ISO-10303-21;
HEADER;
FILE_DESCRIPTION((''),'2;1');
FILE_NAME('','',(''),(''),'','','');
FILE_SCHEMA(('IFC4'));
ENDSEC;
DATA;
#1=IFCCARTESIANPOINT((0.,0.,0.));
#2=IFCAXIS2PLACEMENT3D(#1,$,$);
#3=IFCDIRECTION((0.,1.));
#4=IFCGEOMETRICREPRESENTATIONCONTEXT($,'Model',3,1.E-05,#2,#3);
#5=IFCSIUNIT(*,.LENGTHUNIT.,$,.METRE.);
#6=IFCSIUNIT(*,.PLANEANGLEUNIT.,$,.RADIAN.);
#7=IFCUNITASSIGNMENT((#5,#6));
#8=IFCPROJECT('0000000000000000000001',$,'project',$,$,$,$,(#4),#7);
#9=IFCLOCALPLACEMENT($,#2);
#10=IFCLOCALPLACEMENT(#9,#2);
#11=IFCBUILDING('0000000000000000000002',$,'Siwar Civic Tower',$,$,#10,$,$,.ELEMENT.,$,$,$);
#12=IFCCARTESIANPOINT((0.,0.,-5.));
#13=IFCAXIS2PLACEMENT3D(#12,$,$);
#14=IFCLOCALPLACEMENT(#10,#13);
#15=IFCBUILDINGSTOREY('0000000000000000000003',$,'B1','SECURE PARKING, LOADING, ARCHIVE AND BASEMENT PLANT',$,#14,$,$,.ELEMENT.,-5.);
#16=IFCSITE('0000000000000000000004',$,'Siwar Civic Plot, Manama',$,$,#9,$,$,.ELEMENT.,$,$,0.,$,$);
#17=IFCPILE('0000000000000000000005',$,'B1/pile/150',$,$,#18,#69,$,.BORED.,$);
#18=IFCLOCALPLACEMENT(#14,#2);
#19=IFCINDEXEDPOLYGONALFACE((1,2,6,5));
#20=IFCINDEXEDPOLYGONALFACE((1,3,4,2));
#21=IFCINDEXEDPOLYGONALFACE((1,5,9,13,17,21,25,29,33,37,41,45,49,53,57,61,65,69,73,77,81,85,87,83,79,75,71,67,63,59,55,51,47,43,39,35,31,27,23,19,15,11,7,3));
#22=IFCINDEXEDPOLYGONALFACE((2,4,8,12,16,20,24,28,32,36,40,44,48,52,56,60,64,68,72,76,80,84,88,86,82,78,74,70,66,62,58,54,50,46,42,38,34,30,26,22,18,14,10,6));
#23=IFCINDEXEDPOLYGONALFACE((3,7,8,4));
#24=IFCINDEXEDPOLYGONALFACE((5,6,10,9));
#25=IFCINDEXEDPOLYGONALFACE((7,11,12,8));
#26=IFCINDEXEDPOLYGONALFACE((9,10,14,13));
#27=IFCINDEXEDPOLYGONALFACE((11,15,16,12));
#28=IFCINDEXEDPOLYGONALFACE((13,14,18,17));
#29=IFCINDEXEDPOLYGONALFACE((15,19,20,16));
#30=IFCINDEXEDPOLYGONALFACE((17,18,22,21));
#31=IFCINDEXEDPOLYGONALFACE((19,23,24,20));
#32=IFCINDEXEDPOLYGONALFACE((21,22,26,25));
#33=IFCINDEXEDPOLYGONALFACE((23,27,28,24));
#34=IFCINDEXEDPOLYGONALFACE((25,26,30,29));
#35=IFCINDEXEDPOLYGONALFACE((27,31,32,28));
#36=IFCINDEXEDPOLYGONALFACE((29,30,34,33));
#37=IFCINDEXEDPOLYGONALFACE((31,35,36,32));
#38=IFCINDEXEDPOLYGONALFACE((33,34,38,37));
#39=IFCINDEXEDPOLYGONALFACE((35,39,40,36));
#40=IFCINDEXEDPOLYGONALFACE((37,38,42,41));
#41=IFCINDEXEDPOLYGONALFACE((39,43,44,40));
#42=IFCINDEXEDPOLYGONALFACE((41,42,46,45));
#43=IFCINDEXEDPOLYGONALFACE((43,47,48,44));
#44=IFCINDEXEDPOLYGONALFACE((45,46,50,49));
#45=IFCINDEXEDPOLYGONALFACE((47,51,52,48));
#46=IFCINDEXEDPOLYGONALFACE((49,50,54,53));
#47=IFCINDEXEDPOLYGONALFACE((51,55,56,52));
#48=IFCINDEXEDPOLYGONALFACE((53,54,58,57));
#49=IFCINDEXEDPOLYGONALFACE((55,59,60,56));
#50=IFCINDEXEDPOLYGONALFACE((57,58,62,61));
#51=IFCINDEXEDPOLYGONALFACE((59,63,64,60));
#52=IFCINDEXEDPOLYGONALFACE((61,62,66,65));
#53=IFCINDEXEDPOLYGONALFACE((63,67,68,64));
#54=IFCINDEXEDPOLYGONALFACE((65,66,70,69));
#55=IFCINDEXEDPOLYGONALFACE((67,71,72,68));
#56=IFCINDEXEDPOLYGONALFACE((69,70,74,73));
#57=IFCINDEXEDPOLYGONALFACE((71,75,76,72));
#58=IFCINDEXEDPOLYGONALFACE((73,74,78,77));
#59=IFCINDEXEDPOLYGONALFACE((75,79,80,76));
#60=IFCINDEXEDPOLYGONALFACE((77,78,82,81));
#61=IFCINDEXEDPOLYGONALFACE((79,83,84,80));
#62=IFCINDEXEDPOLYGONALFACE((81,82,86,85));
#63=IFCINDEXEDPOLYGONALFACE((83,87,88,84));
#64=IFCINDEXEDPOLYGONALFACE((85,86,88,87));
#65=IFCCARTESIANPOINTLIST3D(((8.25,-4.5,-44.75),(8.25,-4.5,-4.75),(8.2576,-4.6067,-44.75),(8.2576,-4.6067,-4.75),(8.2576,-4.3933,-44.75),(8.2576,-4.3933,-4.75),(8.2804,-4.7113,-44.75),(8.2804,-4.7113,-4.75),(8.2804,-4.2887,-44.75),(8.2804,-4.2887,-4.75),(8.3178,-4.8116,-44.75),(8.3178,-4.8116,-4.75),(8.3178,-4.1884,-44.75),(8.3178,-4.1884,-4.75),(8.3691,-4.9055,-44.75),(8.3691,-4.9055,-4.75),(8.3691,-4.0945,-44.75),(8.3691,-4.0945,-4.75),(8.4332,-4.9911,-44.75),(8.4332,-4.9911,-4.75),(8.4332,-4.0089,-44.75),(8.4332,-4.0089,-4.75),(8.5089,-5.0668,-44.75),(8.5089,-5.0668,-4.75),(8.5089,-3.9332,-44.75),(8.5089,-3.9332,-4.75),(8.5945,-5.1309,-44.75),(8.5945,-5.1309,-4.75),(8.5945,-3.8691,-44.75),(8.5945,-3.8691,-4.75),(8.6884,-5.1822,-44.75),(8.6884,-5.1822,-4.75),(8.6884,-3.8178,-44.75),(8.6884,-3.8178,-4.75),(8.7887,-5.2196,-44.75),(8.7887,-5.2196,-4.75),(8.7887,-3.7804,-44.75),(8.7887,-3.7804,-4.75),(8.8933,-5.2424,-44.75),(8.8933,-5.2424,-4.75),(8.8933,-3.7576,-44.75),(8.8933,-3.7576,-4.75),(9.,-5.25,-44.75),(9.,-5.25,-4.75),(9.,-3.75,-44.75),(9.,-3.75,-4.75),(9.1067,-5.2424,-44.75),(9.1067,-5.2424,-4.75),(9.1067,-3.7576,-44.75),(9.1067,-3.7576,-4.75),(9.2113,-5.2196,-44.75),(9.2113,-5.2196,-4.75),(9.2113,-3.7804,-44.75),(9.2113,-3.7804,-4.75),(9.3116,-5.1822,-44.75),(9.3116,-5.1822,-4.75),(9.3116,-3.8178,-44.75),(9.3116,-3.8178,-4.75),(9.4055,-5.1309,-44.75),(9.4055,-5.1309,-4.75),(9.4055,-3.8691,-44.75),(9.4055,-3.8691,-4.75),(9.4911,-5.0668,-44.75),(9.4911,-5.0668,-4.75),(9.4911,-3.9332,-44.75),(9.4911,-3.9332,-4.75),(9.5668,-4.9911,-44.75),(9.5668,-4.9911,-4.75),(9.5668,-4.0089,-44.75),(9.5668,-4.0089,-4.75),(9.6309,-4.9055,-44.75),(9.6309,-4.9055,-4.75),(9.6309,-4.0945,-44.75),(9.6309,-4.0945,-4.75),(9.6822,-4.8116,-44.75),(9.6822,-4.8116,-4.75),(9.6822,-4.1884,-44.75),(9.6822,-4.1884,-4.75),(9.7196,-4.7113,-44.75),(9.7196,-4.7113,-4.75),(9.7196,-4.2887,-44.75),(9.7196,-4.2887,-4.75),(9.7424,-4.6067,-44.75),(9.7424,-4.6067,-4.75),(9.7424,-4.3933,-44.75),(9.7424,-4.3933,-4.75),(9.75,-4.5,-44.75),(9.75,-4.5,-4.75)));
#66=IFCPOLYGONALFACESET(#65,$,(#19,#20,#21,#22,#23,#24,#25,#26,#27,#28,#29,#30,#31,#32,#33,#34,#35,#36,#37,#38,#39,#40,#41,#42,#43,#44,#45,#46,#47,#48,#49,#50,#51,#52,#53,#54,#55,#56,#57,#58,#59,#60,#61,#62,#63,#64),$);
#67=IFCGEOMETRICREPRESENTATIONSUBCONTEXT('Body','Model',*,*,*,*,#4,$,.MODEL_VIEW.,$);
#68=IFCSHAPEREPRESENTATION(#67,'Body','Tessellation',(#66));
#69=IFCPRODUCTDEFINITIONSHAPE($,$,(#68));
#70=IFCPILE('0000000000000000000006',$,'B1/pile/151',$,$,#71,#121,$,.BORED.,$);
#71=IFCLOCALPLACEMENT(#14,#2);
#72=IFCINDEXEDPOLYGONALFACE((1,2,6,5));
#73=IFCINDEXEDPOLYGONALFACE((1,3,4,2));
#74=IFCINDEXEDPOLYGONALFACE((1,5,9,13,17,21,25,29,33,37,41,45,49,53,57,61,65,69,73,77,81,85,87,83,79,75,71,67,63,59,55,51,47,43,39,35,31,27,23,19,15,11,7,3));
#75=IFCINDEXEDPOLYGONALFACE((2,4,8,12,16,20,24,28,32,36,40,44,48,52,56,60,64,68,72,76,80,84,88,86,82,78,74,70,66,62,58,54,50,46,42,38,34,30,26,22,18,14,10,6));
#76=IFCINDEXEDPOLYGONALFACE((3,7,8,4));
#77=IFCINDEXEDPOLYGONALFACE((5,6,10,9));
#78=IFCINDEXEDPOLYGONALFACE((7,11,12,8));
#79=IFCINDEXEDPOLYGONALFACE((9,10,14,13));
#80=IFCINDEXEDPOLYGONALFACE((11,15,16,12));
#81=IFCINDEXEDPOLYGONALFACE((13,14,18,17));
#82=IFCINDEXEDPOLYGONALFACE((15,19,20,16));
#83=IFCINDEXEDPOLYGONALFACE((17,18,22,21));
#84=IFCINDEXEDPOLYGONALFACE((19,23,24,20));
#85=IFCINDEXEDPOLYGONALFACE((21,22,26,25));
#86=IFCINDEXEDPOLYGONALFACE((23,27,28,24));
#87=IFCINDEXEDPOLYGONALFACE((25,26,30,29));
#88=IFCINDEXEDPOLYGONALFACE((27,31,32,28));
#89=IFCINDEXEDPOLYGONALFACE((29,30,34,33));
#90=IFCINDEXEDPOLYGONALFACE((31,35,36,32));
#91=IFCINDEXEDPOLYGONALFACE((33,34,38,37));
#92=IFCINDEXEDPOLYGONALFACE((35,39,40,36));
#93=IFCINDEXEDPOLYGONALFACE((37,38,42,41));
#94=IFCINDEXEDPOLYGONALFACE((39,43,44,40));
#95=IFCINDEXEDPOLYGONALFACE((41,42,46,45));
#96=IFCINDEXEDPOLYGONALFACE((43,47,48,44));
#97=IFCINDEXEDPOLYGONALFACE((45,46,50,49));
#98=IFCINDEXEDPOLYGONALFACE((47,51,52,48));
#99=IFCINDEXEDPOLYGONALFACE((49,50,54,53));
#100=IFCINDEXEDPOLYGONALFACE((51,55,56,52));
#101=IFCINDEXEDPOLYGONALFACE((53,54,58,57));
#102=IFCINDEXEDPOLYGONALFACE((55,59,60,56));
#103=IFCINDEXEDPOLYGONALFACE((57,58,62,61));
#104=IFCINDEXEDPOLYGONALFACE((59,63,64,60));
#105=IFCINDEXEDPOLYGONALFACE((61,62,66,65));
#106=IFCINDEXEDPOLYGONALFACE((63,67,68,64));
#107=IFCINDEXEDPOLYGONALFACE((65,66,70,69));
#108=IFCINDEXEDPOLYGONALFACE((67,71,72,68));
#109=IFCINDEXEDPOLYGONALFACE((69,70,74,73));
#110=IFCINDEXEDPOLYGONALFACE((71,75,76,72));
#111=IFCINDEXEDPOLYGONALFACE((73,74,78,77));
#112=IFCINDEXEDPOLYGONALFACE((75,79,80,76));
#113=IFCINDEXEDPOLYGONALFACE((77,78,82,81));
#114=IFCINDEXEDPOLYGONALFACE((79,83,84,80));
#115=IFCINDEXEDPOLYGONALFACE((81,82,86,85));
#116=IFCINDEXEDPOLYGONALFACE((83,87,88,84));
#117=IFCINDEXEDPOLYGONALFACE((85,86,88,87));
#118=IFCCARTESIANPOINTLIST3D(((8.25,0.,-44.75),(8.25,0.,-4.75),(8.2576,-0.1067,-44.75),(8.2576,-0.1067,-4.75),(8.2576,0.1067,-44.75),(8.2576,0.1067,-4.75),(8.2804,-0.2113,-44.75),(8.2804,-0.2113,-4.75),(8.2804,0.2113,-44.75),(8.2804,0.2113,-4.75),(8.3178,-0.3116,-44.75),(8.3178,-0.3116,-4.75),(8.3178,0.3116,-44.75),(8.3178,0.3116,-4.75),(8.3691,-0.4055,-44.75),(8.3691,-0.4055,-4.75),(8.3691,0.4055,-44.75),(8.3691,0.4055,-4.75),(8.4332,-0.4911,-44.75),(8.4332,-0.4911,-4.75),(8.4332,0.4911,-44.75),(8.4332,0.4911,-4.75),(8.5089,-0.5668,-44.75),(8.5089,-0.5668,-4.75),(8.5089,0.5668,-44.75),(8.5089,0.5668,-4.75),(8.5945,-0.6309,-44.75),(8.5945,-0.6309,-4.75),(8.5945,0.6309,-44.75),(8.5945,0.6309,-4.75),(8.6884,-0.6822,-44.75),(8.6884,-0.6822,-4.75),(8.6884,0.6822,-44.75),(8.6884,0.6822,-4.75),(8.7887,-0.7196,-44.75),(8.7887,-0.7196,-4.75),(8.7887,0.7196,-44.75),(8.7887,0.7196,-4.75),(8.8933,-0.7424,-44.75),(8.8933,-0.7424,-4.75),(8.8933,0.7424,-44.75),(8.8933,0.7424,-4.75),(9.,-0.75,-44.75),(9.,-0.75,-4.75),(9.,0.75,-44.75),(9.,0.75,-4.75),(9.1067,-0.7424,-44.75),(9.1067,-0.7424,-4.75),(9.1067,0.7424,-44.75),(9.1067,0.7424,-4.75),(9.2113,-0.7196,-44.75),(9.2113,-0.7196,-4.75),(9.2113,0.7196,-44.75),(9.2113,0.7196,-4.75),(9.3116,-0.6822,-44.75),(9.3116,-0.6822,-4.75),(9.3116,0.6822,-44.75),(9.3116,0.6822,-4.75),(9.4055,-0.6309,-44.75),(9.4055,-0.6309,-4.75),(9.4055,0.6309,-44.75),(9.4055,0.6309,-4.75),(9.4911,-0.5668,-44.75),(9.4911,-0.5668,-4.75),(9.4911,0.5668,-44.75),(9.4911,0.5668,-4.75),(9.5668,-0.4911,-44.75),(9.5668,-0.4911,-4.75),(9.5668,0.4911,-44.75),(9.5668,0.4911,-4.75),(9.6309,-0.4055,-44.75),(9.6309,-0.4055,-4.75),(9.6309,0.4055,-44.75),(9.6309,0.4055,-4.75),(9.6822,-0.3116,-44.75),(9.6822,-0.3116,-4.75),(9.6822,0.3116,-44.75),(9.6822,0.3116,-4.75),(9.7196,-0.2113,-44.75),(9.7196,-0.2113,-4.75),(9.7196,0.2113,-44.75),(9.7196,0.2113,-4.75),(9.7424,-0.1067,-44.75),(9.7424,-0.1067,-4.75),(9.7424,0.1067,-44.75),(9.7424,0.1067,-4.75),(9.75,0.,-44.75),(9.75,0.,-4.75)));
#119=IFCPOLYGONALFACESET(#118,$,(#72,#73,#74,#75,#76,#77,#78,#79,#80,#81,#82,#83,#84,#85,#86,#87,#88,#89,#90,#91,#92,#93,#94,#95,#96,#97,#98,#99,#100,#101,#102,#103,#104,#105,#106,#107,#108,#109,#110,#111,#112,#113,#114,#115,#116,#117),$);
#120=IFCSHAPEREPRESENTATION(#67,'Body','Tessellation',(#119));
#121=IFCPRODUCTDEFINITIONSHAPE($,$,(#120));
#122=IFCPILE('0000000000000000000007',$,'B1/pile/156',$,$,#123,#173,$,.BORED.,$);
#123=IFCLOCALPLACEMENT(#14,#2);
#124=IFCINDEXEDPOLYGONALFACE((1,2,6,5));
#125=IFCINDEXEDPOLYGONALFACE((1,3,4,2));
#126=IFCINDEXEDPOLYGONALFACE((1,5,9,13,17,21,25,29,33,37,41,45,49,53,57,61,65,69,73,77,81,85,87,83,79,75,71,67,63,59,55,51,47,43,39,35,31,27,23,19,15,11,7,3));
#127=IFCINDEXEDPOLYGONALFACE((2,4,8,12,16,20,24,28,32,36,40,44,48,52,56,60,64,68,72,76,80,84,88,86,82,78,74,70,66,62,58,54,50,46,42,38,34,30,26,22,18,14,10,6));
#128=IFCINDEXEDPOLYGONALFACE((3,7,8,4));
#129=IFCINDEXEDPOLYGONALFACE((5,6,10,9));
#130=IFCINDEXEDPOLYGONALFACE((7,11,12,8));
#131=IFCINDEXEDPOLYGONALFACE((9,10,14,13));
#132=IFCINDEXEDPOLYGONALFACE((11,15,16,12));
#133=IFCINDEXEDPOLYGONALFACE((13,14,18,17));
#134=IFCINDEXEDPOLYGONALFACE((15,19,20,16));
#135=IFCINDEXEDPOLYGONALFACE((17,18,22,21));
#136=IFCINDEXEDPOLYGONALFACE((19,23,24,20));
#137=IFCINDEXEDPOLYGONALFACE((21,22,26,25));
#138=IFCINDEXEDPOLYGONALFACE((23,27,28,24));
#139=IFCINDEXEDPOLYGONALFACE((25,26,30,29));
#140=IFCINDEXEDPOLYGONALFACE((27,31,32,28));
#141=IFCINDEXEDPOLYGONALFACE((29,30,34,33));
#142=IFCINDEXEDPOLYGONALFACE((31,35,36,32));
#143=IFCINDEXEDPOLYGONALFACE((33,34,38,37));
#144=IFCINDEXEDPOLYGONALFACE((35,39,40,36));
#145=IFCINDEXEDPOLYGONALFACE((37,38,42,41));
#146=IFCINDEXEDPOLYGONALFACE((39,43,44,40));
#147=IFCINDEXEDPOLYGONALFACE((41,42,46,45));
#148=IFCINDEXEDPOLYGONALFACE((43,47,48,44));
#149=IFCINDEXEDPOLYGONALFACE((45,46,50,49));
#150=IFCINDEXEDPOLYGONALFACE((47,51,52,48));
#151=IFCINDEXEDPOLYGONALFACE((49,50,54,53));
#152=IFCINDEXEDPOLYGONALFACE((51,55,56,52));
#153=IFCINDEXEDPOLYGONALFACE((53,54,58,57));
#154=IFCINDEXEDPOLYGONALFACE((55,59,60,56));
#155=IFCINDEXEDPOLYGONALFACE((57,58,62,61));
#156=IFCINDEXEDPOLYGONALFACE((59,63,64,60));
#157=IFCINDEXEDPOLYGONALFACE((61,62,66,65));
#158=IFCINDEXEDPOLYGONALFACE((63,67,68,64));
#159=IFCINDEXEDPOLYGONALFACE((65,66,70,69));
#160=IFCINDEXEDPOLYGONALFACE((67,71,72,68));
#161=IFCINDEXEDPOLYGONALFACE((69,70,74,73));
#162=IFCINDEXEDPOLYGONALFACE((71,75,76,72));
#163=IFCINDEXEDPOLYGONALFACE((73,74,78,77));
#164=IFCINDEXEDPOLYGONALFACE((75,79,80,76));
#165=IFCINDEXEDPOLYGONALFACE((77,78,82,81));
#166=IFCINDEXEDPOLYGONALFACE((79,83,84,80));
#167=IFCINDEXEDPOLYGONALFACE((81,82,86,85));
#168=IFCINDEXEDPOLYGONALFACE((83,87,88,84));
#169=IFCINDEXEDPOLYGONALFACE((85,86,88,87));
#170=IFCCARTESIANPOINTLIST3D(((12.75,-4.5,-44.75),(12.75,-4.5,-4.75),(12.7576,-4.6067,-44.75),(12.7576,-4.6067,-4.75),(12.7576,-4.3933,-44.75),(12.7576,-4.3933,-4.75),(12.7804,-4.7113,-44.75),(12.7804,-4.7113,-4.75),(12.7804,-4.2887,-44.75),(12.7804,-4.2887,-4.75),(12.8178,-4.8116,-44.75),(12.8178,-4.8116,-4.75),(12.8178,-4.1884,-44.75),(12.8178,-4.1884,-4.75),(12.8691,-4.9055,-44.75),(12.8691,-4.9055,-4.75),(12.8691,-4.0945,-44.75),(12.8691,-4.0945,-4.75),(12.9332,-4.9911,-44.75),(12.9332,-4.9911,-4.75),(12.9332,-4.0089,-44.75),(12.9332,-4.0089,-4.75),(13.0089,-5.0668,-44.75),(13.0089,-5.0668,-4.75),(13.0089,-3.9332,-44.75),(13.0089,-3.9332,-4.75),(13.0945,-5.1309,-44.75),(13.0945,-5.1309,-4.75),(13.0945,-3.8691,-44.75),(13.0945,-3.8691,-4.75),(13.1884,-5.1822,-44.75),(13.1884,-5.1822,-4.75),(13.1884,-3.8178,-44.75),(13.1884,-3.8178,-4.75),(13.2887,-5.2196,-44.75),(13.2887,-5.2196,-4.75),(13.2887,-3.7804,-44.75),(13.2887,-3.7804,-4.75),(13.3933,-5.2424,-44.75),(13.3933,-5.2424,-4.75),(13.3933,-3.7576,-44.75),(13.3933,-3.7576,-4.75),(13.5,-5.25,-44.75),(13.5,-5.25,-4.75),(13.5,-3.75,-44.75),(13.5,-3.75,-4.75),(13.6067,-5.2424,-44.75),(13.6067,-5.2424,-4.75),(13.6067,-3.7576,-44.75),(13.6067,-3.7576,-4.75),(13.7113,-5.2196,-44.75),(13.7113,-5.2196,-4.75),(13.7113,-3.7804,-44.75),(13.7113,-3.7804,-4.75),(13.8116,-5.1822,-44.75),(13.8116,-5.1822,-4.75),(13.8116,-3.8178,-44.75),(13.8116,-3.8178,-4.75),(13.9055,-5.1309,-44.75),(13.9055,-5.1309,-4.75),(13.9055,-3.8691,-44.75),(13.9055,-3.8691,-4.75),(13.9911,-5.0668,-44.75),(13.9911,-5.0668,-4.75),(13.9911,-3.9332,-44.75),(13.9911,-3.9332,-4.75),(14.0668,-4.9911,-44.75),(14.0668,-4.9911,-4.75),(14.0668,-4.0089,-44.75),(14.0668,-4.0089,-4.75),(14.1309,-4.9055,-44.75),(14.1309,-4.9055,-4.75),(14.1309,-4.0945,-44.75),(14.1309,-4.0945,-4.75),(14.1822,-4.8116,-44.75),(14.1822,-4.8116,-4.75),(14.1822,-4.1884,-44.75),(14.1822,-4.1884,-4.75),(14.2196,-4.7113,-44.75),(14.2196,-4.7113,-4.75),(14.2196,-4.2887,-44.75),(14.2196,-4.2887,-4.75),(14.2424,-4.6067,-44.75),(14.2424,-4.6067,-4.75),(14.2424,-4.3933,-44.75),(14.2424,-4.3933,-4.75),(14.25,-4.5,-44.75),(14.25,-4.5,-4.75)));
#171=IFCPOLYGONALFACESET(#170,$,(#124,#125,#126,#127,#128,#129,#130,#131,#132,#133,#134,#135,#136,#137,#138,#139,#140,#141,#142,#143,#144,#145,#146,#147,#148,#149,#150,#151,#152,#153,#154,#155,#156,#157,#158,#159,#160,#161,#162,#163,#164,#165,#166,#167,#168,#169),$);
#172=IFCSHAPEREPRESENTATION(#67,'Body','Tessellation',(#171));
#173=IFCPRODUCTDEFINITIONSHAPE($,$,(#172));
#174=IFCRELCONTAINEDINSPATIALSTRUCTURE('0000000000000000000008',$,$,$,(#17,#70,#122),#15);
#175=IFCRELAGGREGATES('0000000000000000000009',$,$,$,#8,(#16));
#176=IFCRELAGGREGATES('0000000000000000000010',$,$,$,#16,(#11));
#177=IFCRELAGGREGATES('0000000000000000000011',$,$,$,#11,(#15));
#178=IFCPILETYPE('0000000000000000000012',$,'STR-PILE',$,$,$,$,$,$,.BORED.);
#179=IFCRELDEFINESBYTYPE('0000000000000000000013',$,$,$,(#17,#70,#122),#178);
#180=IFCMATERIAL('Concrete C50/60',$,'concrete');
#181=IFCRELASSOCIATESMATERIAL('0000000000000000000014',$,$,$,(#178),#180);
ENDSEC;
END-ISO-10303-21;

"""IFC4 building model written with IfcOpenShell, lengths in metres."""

from ifc_helpers import new_model, si_unit, direction, frame, origin, origin_2d, place, context, subcontext, project, spatial, circle, extrude, material, material_profile, profile_set, type_object, element, save


model = new_model("IFC4")

# Units and contexts
model_context = context("Model", 3, precision=1e-05, world=origin(), true_north=direction((0.0, 1.0)))
body_context = subcontext(model_context, "Body", "Model", "MODEL_VIEW")
ifc_project = project(units=[si_unit("LENGTHUNIT", "METRE"), si_unit("PLANEANGLEUNIT", "RADIAN")], contexts=[model_context])

# Site, building, storey
site_placement = place(None, origin())
site = spatial("IfcSite", under=ifc_project, at=site_placement, Name="Siwar Civic Plot, Manama", CompositionType="ELEMENT", RefElevation=0.0)
building_placement = place(site_placement, origin())
building = spatial("IfcBuilding", under=site, at=building_placement, Name="Siwar Civic Tower", CompositionType="ELEMENT")
storey_placement = place(building_placement, frame((0.0, 0.0, -5.0)))
storey = spatial("IfcBuildingStorey", under=building, at=storey_placement, Name="B1", Description="SECURE PARKING, LOADING, ARCHIVE AND BASEMENT PLANT", CompositionType="ELEMENT", Elevation=-5.0)

# Piles
ifc_material_1 = material(Name="Concrete C50/60", Category="concrete")
ifc_material_profile_1 = material_profile(ifc_material_1, circle(Radius=0.75, at=origin_2d()), Name="PILE1500")
ifc_profile_set_1 = profile_set([ifc_material_profile_1], Name="Concrete C50/60")
pile_type = type_object("IfcPileType", Name="STR-PILE", PredefinedType="BORED", material=ifc_profile_set_1)
for number, where, z_axis, x_axis, name in (
    (1, (9.0, -4.5, -4.75), (0.0, 0.0, -1.0), (1.0, 0.0, 0.0), "B1/pile/150"),
    (2, (9.0, 0.0, -4.75), (0.0, 0.0, -1.0), (1.0, 0.0, 0.0), "B1/pile/151"),
    (3, (13.5, -4.5, -4.75), (0.0, 0.0, -1.0), (1.0, 0.0, 0.0), "B1/pile/156"),
):
    element("IfcPile", number, at=place(storey_placement, frame(where, z_axis=z_axis, x_axis=x_axis)), inside=storey, type_object=pile_type, Name=name, PredefinedType="BORED", context=body_context, shape_type="SweptSolid", body=[
        extrude(circle(Radius=0.75, at=origin_2d()), origin(), (0.0, 0.0, 1.0), 40.0),
    ])

save(model, "model.ifc")
